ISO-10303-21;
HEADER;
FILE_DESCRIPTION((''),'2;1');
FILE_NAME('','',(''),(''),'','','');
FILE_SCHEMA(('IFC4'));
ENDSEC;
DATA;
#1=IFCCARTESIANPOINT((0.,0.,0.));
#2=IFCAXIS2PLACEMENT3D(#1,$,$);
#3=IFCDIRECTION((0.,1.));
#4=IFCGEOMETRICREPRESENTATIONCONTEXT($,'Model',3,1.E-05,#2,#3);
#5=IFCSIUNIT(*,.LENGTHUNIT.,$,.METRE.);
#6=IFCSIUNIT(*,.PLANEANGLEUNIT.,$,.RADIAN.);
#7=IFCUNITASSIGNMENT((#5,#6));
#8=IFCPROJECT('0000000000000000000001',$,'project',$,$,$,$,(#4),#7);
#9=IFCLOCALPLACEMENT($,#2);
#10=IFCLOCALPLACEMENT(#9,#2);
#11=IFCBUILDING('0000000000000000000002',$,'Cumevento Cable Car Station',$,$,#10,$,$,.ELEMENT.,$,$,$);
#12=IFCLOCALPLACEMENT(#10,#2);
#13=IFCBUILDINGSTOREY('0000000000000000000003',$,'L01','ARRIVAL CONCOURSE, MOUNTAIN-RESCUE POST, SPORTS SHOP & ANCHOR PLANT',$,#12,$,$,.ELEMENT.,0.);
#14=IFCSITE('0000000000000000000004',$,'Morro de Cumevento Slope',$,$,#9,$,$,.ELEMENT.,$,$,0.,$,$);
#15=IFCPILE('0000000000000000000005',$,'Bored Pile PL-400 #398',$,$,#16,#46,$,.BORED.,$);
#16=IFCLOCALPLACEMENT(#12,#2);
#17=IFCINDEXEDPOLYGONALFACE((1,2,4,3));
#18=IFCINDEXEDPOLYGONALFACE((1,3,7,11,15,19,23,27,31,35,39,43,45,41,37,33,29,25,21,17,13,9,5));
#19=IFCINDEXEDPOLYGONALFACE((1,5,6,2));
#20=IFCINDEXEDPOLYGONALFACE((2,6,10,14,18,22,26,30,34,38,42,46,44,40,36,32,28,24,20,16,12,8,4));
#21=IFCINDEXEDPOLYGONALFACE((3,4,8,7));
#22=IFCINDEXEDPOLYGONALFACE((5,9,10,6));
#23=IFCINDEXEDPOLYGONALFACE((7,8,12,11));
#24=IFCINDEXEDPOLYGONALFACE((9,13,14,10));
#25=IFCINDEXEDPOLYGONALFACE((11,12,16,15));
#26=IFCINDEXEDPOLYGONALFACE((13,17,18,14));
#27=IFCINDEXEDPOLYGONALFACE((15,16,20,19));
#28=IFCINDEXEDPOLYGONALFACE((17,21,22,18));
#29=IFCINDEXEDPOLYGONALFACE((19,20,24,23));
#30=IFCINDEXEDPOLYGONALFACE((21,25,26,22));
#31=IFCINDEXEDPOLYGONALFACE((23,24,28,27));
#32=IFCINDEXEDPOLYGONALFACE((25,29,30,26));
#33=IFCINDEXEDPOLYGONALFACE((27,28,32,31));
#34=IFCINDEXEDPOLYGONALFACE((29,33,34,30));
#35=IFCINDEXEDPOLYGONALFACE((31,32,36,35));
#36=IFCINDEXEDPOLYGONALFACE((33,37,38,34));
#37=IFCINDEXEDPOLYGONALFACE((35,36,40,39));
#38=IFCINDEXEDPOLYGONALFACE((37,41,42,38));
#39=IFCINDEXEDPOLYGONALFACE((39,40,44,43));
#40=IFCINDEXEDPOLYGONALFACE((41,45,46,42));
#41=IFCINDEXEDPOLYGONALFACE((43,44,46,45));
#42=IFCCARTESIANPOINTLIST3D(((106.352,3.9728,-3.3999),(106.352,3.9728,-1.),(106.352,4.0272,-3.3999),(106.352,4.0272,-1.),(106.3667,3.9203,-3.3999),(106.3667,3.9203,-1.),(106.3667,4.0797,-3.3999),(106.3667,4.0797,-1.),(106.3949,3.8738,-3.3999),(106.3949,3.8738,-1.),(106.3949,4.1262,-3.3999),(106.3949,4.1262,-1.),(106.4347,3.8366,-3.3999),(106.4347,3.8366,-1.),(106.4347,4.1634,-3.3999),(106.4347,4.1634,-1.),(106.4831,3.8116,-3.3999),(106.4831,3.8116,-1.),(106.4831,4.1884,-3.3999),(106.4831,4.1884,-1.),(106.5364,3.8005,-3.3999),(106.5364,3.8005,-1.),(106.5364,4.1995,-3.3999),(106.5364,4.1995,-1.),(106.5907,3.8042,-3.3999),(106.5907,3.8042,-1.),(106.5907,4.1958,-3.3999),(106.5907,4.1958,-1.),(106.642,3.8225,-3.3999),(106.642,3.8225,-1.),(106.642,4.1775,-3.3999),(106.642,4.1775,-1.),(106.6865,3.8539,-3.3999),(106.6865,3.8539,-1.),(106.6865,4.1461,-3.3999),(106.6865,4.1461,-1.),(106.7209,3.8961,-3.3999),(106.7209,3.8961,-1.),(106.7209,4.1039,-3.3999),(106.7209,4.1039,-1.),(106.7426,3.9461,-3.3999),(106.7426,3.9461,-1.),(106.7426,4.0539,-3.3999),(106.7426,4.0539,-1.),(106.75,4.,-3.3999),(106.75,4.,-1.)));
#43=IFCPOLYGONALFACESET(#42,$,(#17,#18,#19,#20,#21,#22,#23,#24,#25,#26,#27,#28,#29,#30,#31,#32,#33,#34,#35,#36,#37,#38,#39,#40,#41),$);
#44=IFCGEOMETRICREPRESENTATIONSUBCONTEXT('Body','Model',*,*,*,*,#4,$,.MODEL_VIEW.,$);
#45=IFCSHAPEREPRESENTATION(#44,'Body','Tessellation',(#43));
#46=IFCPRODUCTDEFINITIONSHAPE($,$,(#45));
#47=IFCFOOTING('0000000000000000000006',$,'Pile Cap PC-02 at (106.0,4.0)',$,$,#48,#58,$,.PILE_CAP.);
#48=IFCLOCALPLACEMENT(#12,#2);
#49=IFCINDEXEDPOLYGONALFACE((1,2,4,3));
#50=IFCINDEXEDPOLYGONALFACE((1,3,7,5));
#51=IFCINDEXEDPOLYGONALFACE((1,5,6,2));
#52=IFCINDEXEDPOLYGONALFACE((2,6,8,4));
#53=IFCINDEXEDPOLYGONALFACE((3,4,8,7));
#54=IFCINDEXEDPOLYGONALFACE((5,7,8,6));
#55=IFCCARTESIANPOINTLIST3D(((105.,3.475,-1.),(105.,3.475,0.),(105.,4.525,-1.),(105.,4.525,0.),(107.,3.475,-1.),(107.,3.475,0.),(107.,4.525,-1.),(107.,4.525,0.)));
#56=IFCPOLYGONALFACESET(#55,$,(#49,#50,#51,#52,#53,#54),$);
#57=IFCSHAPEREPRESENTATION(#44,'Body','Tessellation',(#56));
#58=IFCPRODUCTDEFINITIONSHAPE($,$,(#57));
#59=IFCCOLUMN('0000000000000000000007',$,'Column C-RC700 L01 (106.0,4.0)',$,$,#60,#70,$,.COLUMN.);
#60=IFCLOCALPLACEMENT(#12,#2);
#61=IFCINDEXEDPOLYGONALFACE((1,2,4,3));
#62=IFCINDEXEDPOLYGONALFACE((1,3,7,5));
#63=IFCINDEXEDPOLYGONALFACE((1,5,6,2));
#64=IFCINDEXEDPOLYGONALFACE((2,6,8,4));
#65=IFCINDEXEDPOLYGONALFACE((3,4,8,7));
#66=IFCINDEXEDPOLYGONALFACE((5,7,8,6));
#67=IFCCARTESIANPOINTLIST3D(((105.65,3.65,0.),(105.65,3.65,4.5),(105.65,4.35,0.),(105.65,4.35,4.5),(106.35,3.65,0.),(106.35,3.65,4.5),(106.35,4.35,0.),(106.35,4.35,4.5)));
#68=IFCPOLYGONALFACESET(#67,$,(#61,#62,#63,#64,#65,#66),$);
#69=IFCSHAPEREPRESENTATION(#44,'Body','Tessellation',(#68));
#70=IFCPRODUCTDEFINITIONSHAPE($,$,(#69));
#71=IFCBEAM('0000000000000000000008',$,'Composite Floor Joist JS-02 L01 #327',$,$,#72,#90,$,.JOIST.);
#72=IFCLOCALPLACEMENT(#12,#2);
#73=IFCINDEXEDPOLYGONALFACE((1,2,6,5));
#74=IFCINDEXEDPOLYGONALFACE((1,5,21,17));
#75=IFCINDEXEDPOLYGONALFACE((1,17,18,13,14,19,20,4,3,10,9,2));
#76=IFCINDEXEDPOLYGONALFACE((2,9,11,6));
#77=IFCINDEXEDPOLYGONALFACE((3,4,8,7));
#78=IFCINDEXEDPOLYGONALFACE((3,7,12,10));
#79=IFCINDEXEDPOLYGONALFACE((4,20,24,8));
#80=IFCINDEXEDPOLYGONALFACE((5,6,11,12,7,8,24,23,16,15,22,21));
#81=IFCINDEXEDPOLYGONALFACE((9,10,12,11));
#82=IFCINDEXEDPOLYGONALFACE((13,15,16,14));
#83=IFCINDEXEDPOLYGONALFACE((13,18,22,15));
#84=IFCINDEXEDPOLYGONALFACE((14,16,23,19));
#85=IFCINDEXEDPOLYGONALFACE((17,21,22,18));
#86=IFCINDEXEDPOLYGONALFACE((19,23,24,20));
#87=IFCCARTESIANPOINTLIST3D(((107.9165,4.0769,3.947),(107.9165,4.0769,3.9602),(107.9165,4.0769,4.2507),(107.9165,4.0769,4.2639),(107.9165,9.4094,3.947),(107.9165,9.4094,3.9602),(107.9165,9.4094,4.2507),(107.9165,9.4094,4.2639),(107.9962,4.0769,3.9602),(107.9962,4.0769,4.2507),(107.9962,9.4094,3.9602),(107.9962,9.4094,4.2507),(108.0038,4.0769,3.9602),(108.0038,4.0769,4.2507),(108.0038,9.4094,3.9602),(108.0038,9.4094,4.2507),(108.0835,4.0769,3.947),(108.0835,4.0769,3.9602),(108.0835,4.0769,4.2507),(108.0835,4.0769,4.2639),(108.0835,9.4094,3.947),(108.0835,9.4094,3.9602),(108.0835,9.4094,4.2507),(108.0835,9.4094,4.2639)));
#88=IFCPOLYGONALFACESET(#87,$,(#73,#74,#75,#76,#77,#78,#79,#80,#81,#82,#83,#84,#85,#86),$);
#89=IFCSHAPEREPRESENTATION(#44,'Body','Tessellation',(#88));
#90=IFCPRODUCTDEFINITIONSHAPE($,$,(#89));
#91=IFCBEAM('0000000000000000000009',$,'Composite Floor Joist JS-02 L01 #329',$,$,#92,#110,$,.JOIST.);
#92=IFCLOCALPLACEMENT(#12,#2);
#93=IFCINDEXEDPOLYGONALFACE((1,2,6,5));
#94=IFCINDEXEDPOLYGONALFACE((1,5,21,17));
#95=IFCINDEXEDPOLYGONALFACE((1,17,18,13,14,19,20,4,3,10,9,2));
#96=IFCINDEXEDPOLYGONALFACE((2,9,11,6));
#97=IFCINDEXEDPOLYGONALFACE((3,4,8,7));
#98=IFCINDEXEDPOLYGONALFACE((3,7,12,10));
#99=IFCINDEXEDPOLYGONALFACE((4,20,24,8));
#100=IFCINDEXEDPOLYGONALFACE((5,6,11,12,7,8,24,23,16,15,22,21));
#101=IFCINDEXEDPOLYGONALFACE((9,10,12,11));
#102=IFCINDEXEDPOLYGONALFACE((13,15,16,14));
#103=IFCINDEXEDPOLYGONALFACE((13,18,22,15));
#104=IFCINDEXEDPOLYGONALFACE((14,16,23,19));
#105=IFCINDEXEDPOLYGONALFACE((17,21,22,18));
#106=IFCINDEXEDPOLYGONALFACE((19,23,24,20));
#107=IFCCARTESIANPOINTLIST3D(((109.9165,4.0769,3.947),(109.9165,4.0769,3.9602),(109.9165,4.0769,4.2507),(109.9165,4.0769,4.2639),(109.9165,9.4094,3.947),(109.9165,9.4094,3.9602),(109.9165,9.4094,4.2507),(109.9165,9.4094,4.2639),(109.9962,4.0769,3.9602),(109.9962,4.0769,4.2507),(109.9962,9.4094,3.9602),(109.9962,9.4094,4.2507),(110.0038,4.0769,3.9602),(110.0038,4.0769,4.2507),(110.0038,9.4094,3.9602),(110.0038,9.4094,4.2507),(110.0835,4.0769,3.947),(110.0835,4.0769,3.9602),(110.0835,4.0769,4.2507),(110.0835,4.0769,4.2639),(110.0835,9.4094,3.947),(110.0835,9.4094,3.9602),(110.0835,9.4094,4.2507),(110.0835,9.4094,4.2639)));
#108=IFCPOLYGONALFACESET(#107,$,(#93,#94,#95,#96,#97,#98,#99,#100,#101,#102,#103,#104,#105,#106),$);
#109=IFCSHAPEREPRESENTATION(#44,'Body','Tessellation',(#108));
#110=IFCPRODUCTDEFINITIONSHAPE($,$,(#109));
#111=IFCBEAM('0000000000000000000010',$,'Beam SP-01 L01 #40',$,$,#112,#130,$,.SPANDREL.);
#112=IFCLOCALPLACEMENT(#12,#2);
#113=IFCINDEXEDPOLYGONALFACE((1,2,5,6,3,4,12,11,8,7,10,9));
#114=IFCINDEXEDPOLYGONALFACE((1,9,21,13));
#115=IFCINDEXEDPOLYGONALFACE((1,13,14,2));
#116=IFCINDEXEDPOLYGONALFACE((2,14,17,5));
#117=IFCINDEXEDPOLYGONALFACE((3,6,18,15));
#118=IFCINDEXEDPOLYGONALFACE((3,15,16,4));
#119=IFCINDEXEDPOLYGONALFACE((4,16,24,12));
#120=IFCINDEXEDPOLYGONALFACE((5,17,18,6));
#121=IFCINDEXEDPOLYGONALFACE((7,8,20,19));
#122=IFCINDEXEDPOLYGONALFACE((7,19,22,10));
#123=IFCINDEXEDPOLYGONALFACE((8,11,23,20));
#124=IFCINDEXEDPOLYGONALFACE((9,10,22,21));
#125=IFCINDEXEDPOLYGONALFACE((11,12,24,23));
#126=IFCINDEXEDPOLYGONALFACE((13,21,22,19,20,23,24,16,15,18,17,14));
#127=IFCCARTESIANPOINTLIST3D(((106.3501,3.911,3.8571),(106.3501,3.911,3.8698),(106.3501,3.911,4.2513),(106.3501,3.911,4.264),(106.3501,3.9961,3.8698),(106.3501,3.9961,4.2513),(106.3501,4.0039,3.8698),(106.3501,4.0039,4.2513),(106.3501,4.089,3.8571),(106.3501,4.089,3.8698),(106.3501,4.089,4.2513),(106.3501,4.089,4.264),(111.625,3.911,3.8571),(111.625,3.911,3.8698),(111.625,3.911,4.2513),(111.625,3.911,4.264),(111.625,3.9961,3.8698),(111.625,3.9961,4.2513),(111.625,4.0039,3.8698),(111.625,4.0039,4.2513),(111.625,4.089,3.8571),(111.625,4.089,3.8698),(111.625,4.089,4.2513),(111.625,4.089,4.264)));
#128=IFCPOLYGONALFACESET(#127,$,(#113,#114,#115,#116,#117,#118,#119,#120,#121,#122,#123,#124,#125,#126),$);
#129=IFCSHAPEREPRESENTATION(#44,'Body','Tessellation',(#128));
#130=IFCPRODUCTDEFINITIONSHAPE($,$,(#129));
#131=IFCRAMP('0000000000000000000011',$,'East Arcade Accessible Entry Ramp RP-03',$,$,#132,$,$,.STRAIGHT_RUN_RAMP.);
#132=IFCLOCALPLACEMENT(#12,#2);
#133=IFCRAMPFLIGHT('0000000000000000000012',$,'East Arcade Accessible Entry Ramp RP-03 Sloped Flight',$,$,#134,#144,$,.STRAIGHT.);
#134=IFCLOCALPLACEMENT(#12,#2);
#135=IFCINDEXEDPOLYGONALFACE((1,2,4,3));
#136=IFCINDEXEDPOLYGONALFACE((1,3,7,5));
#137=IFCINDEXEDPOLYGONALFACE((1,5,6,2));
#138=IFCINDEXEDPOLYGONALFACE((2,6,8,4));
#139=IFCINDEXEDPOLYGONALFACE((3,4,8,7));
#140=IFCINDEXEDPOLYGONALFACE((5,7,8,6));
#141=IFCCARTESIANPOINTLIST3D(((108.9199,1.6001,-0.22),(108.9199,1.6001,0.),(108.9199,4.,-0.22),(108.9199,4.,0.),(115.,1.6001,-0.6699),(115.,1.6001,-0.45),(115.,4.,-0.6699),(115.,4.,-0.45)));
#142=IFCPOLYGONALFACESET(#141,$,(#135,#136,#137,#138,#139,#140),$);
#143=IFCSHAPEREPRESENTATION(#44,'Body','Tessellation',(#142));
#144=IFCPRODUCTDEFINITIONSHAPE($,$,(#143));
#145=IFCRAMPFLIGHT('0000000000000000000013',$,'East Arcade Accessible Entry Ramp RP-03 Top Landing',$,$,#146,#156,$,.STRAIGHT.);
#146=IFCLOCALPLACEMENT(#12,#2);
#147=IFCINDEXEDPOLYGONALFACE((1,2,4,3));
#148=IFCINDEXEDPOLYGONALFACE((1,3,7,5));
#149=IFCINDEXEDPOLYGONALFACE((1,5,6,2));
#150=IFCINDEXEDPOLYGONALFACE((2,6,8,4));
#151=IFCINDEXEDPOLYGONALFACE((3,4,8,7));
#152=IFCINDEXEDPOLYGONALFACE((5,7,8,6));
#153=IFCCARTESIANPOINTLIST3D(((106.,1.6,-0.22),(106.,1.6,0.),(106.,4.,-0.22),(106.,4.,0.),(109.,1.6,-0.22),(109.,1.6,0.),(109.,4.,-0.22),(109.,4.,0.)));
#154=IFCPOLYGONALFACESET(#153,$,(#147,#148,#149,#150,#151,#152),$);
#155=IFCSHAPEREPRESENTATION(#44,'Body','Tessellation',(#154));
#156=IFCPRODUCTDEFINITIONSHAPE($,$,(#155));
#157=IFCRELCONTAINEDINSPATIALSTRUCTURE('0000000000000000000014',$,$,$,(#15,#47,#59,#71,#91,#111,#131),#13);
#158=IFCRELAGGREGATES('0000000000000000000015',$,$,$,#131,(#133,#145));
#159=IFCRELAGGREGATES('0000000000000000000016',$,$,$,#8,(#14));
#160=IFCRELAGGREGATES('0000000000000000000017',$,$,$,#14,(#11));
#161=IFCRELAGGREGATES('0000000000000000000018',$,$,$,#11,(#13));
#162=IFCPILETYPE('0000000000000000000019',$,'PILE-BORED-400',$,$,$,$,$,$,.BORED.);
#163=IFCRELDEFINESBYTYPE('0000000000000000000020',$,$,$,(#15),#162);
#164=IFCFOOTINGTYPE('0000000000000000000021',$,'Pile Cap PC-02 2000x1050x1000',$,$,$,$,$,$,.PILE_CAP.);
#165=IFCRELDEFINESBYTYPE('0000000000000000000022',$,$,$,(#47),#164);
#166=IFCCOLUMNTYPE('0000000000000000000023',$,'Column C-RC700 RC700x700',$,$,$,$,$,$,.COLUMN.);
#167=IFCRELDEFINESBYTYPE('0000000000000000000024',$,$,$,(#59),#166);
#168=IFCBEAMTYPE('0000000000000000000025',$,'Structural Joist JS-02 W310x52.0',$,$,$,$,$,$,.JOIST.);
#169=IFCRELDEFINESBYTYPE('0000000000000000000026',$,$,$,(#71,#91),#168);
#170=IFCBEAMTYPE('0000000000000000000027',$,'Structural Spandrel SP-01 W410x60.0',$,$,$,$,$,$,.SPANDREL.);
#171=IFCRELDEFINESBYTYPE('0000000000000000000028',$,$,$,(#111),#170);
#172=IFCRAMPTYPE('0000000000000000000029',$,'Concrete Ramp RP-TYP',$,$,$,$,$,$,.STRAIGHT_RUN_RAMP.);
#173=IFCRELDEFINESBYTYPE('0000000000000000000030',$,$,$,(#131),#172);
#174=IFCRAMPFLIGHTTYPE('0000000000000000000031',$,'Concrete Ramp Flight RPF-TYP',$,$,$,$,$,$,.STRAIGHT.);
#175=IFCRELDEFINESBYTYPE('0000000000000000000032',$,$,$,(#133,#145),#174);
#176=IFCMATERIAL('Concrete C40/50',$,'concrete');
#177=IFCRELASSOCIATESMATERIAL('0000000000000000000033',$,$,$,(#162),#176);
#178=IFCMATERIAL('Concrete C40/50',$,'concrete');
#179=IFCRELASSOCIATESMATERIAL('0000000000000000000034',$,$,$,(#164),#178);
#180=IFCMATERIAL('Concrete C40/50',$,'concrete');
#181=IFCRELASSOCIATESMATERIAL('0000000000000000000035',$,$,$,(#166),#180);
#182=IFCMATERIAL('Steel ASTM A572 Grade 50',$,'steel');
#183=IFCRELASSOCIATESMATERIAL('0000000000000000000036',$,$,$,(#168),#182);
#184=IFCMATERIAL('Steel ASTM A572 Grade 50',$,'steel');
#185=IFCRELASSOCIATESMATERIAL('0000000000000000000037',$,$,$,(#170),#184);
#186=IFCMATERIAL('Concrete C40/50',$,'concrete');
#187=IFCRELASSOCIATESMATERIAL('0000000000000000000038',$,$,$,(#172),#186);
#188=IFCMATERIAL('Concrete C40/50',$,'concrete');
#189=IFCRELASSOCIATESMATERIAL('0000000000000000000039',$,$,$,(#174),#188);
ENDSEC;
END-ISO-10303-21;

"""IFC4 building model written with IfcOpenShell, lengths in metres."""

from ifc_helpers import new_model, si_unit, direction, frame, origin, origin_2d, place, context, subcontext, project, spatial, polyline, rectangle, circle, i_section, outline, extrude, material, material_profile, profile_set, type_object, element, aggregate, save


model = new_model("IFC4")

# Units and contexts
model_context = context("Model", 3, precision=1e-05, world=origin(), true_north=direction((0.0, 1.0)))
body_context = subcontext(model_context, "Body", "Model", "MODEL_VIEW")
ifc_project = project(units=[si_unit("LENGTHUNIT", "METRE"), si_unit("PLANEANGLEUNIT", "RADIAN")], contexts=[model_context])

# Site, building, storey
site_placement = place(None, origin())
site = spatial("IfcSite", under=ifc_project, at=site_placement, Name="Morro de Cumevento Slope", CompositionType="ELEMENT", RefElevation=0.0)
building_placement = place(site_placement, origin())
building = spatial("IfcBuilding", under=site, at=building_placement, Name="Cumevento Cable Car Station", CompositionType="ELEMENT")
storey_placement = place(building_placement, origin())
storey = spatial("IfcBuildingStorey", under=building, at=storey_placement, Name="L01", Description="ARRIVAL CONCOURSE, MOUNTAIN-RESCUE POST, SPORTS SHOP & ANCHOR PLANT", CompositionType="ELEMENT", Elevation=0.0)

# Pile
ifc_material_1 = material(Name="Concrete C40/50", Category="concrete")
ifc_material_profile_1 = material_profile(ifc_material_1, circle(Radius=0.2, at=origin_2d()), Name="PILE-D400")
ifc_profile_set_1 = profile_set([ifc_material_profile_1], Name="Concrete C40/50")
pile_type = type_object("IfcPileType", Name="PILE-BORED-400", PredefinedType="BORED", material=ifc_profile_set_1)
pile_placement = place(storey_placement, frame((106.55, 4.0, -1.0), z_axis=(0.0, 0.0, -1.0), x_axis=(1.0, 0.0, 0.0)))
element("IfcPile", 1, at=pile_placement, inside=storey, type_object=pile_type, Name="Bored Pile PL-400 #398", PredefinedType="BORED", context=body_context, shape_type="SweptSolid", body=[
    extrude(circle(Radius=0.2, at=origin_2d()), origin(), (0.0, 0.0, 1.0), 2.3999),
])

# Footing
ifc_material_2 = material(Name="Concrete C40/50", Category="concrete")
footing_type = type_object("IfcFootingType", Name="Pile Cap PC-02 2000x1050x1000", PredefinedType="PILE_CAP", material=ifc_material_2)
footing_placement = place(storey_placement, frame((106.0, 4.0, -1.0), z_axis=(0.0, 0.0, 1.0), x_axis=(1.0, 0.0, 0.0)))
element("IfcFooting", 2, at=footing_placement, inside=storey, type_object=footing_type, Name="Pile Cap PC-02 at (106.0,4.0)", PredefinedType="PILE_CAP", context=body_context, shape_type="SweptSolid", body=[
    extrude(rectangle(XDim=2.0, YDim=1.05, at=origin_2d()), origin(), (0.0, 0.0, 1.0), 1.0),
])

# Column
ifc_material_3 = material(Name="Concrete C40/50", Category="concrete")
ifc_material_profile_2 = material_profile(ifc_material_3, rectangle(XDim=0.7, YDim=0.7, at=origin_2d()), Name="RC700x700")
ifc_profile_set_2 = profile_set([ifc_material_profile_2], Name="Concrete C40/50")
column_type = type_object("IfcColumnType", Name="Column C-RC700 RC700x700", PredefinedType="COLUMN", material=ifc_profile_set_2)
column_placement = place(storey_placement, frame((106.0, 4.0, 0.0), z_axis=(0.0, 0.0, 1.0), x_axis=(1.0, 0.0, 0.0)))
element("IfcColumn", 3, at=column_placement, inside=storey, type_object=column_type, Name="Column C-RC700 L01 (106.0,4.0)", PredefinedType="COLUMN", context=body_context, shape_type="SweptSolid", body=[
    extrude(rectangle(XDim=0.7, YDim=0.7, at=origin_2d()), origin(), (0.0, 0.0, 1.0), 4.5),
])

# Beams
ifc_material_4 = material(Name="Steel ASTM A572 Grade 50", Category="steel")
ifc_material_profile_3 = material_profile(ifc_material_4, i_section(OverallWidth=0.167, OverallDepth=0.3169, WebThickness=0.0076, FlangeThickness=0.0132, at=origin_2d()), Name="W310x52.0")
ifc_profile_set_3 = profile_set([ifc_material_profile_3], Name="Steel ASTM A572 Grade 50")
beam_type_1 = type_object("IfcBeamType", Name="Structural Joist JS-02 W310x52.0", PredefinedType="JOIST", material=ifc_profile_set_3)
for number, where, z_axis, x_axis, name in (
    (4, (108.0, 4.0769, 4.1055), (0.0, 1.0, 0.0), (-1.0, 0.0, 0.0), "Composite Floor Joist JS-02 L01 #327"),
    (5, (110.0, 4.0769, 4.1055), (0.0, 1.0, 0.0), (-1.0, 0.0, 0.0), "Composite Floor Joist JS-02 L01 #329"),
):
    element("IfcBeam", number, at=place(storey_placement, frame(where, z_axis=z_axis, x_axis=x_axis)), inside=storey, type_object=beam_type_1, Name=name, PredefinedType="JOIST", context=body_context, shape_type="SweptSolid", body=[
        extrude(i_section(OverallWidth=0.167, OverallDepth=0.3169, WebThickness=0.0076, FlangeThickness=0.0132, at=origin_2d()), origin(), (0.0, 0.0, 1.0), 5.3325),
    ])
ifc_material_5 = material(Name="Steel ASTM A572 Grade 50", Category="steel")
ifc_material_profile_4 = material_profile(ifc_material_5, i_section(OverallWidth=0.178, OverallDepth=0.407, WebThickness=0.0078, FlangeThickness=0.0127, at=origin_2d()), Name="W410x60.0")
ifc_profile_set_4 = profile_set([ifc_material_profile_4], Name="Steel ASTM A572 Grade 50")
beam_type_2 = type_object("IfcBeamType", Name="Structural Spandrel SP-01 W410x60.0", PredefinedType="SPANDREL", material=ifc_profile_set_4)
beam_placement = place(storey_placement, frame((106.3501, 4.0, 4.0605), z_axis=(1.0, 0.0, 0.0), x_axis=(0.0, 1.0, 0.0)))
element("IfcBeam", 6, at=beam_placement, inside=storey, type_object=beam_type_2, Name="Beam SP-01 L01 #40", PredefinedType="SPANDREL", context=body_context, shape_type="SweptSolid", body=[
    extrude(i_section(OverallWidth=0.178, OverallDepth=0.407, WebThickness=0.0078, FlangeThickness=0.0127, at=origin_2d()), origin(), (0.0, 0.0, 1.0), 5.2749),
])

# Ramp, ramp flights
ifc_material_6 = material(Name="Concrete C40/50", Category="concrete")
ramp_type = type_object("IfcRampType", Name="Concrete Ramp RP-TYP", PredefinedType="STRAIGHT_RUN_RAMP", material=ifc_material_6)
ramp_placement = place(storey_placement, origin())
ramp = element("IfcRamp", 7, at=ramp_placement, inside=storey, type_object=ramp_type, Name="East Arcade Accessible Entry Ramp RP-03", PredefinedType="STRAIGHT_RUN_RAMP")
ifc_material_7 = material(Name="Concrete C40/50", Category="concrete")
ramp_flight_type = type_object("IfcRampFlightType", Name="Concrete Ramp Flight RPF-TYP", PredefinedType="STRAIGHT", material=ifc_material_7)
ramp_flight_1_placement = place(storey_placement, frame((108.9199, 2.8, 0.0), z_axis=(0.0, 0.0, 1.0), x_axis=(1.0, 0.0, 0.0)))
ramp_flight_1 = element("IfcRampFlight", 8, at=ramp_flight_1_placement, type_object=ramp_flight_type, Name="East Arcade Accessible Entry Ramp RP-03 Sloped Flight", PredefinedType="STRAIGHT", context=body_context, shape_type="SweptSolid", body=[
    extrude(outline(polyline([(0.0, 0.0), (6.0801, -0.45), (6.0801, -0.6699), (0.0, -0.22), (0.0, 0.0)])), frame((0.0, 1.2, 0.0), z_axis=(0.0, -1.0, 0.0), x_axis=(1.0, 0.0, 0.0)), (0.0, 0.0, 1.0), 2.3999),
])
ramp_flight_2_placement = place(storey_placement, frame((107.5, 2.8, -0.22), z_axis=(0.0, 0.0, 1.0), x_axis=(1.0, 0.0, 0.0)))
ramp_flight_2 = element("IfcRampFlight", 9, at=ramp_flight_2_placement, type_object=ramp_flight_type, Name="East Arcade Accessible Entry Ramp RP-03 Top Landing", PredefinedType="STRAIGHT", context=body_context, shape_type="SweptSolid", body=[
    extrude(rectangle(XDim=3.0, YDim=2.4, at=origin_2d()), origin(), (0.0, 0.0, 1.0), 0.22),
])
aggregate(ramp, [ramp_flight_1, ramp_flight_2])

save(model, "model.ifc")
